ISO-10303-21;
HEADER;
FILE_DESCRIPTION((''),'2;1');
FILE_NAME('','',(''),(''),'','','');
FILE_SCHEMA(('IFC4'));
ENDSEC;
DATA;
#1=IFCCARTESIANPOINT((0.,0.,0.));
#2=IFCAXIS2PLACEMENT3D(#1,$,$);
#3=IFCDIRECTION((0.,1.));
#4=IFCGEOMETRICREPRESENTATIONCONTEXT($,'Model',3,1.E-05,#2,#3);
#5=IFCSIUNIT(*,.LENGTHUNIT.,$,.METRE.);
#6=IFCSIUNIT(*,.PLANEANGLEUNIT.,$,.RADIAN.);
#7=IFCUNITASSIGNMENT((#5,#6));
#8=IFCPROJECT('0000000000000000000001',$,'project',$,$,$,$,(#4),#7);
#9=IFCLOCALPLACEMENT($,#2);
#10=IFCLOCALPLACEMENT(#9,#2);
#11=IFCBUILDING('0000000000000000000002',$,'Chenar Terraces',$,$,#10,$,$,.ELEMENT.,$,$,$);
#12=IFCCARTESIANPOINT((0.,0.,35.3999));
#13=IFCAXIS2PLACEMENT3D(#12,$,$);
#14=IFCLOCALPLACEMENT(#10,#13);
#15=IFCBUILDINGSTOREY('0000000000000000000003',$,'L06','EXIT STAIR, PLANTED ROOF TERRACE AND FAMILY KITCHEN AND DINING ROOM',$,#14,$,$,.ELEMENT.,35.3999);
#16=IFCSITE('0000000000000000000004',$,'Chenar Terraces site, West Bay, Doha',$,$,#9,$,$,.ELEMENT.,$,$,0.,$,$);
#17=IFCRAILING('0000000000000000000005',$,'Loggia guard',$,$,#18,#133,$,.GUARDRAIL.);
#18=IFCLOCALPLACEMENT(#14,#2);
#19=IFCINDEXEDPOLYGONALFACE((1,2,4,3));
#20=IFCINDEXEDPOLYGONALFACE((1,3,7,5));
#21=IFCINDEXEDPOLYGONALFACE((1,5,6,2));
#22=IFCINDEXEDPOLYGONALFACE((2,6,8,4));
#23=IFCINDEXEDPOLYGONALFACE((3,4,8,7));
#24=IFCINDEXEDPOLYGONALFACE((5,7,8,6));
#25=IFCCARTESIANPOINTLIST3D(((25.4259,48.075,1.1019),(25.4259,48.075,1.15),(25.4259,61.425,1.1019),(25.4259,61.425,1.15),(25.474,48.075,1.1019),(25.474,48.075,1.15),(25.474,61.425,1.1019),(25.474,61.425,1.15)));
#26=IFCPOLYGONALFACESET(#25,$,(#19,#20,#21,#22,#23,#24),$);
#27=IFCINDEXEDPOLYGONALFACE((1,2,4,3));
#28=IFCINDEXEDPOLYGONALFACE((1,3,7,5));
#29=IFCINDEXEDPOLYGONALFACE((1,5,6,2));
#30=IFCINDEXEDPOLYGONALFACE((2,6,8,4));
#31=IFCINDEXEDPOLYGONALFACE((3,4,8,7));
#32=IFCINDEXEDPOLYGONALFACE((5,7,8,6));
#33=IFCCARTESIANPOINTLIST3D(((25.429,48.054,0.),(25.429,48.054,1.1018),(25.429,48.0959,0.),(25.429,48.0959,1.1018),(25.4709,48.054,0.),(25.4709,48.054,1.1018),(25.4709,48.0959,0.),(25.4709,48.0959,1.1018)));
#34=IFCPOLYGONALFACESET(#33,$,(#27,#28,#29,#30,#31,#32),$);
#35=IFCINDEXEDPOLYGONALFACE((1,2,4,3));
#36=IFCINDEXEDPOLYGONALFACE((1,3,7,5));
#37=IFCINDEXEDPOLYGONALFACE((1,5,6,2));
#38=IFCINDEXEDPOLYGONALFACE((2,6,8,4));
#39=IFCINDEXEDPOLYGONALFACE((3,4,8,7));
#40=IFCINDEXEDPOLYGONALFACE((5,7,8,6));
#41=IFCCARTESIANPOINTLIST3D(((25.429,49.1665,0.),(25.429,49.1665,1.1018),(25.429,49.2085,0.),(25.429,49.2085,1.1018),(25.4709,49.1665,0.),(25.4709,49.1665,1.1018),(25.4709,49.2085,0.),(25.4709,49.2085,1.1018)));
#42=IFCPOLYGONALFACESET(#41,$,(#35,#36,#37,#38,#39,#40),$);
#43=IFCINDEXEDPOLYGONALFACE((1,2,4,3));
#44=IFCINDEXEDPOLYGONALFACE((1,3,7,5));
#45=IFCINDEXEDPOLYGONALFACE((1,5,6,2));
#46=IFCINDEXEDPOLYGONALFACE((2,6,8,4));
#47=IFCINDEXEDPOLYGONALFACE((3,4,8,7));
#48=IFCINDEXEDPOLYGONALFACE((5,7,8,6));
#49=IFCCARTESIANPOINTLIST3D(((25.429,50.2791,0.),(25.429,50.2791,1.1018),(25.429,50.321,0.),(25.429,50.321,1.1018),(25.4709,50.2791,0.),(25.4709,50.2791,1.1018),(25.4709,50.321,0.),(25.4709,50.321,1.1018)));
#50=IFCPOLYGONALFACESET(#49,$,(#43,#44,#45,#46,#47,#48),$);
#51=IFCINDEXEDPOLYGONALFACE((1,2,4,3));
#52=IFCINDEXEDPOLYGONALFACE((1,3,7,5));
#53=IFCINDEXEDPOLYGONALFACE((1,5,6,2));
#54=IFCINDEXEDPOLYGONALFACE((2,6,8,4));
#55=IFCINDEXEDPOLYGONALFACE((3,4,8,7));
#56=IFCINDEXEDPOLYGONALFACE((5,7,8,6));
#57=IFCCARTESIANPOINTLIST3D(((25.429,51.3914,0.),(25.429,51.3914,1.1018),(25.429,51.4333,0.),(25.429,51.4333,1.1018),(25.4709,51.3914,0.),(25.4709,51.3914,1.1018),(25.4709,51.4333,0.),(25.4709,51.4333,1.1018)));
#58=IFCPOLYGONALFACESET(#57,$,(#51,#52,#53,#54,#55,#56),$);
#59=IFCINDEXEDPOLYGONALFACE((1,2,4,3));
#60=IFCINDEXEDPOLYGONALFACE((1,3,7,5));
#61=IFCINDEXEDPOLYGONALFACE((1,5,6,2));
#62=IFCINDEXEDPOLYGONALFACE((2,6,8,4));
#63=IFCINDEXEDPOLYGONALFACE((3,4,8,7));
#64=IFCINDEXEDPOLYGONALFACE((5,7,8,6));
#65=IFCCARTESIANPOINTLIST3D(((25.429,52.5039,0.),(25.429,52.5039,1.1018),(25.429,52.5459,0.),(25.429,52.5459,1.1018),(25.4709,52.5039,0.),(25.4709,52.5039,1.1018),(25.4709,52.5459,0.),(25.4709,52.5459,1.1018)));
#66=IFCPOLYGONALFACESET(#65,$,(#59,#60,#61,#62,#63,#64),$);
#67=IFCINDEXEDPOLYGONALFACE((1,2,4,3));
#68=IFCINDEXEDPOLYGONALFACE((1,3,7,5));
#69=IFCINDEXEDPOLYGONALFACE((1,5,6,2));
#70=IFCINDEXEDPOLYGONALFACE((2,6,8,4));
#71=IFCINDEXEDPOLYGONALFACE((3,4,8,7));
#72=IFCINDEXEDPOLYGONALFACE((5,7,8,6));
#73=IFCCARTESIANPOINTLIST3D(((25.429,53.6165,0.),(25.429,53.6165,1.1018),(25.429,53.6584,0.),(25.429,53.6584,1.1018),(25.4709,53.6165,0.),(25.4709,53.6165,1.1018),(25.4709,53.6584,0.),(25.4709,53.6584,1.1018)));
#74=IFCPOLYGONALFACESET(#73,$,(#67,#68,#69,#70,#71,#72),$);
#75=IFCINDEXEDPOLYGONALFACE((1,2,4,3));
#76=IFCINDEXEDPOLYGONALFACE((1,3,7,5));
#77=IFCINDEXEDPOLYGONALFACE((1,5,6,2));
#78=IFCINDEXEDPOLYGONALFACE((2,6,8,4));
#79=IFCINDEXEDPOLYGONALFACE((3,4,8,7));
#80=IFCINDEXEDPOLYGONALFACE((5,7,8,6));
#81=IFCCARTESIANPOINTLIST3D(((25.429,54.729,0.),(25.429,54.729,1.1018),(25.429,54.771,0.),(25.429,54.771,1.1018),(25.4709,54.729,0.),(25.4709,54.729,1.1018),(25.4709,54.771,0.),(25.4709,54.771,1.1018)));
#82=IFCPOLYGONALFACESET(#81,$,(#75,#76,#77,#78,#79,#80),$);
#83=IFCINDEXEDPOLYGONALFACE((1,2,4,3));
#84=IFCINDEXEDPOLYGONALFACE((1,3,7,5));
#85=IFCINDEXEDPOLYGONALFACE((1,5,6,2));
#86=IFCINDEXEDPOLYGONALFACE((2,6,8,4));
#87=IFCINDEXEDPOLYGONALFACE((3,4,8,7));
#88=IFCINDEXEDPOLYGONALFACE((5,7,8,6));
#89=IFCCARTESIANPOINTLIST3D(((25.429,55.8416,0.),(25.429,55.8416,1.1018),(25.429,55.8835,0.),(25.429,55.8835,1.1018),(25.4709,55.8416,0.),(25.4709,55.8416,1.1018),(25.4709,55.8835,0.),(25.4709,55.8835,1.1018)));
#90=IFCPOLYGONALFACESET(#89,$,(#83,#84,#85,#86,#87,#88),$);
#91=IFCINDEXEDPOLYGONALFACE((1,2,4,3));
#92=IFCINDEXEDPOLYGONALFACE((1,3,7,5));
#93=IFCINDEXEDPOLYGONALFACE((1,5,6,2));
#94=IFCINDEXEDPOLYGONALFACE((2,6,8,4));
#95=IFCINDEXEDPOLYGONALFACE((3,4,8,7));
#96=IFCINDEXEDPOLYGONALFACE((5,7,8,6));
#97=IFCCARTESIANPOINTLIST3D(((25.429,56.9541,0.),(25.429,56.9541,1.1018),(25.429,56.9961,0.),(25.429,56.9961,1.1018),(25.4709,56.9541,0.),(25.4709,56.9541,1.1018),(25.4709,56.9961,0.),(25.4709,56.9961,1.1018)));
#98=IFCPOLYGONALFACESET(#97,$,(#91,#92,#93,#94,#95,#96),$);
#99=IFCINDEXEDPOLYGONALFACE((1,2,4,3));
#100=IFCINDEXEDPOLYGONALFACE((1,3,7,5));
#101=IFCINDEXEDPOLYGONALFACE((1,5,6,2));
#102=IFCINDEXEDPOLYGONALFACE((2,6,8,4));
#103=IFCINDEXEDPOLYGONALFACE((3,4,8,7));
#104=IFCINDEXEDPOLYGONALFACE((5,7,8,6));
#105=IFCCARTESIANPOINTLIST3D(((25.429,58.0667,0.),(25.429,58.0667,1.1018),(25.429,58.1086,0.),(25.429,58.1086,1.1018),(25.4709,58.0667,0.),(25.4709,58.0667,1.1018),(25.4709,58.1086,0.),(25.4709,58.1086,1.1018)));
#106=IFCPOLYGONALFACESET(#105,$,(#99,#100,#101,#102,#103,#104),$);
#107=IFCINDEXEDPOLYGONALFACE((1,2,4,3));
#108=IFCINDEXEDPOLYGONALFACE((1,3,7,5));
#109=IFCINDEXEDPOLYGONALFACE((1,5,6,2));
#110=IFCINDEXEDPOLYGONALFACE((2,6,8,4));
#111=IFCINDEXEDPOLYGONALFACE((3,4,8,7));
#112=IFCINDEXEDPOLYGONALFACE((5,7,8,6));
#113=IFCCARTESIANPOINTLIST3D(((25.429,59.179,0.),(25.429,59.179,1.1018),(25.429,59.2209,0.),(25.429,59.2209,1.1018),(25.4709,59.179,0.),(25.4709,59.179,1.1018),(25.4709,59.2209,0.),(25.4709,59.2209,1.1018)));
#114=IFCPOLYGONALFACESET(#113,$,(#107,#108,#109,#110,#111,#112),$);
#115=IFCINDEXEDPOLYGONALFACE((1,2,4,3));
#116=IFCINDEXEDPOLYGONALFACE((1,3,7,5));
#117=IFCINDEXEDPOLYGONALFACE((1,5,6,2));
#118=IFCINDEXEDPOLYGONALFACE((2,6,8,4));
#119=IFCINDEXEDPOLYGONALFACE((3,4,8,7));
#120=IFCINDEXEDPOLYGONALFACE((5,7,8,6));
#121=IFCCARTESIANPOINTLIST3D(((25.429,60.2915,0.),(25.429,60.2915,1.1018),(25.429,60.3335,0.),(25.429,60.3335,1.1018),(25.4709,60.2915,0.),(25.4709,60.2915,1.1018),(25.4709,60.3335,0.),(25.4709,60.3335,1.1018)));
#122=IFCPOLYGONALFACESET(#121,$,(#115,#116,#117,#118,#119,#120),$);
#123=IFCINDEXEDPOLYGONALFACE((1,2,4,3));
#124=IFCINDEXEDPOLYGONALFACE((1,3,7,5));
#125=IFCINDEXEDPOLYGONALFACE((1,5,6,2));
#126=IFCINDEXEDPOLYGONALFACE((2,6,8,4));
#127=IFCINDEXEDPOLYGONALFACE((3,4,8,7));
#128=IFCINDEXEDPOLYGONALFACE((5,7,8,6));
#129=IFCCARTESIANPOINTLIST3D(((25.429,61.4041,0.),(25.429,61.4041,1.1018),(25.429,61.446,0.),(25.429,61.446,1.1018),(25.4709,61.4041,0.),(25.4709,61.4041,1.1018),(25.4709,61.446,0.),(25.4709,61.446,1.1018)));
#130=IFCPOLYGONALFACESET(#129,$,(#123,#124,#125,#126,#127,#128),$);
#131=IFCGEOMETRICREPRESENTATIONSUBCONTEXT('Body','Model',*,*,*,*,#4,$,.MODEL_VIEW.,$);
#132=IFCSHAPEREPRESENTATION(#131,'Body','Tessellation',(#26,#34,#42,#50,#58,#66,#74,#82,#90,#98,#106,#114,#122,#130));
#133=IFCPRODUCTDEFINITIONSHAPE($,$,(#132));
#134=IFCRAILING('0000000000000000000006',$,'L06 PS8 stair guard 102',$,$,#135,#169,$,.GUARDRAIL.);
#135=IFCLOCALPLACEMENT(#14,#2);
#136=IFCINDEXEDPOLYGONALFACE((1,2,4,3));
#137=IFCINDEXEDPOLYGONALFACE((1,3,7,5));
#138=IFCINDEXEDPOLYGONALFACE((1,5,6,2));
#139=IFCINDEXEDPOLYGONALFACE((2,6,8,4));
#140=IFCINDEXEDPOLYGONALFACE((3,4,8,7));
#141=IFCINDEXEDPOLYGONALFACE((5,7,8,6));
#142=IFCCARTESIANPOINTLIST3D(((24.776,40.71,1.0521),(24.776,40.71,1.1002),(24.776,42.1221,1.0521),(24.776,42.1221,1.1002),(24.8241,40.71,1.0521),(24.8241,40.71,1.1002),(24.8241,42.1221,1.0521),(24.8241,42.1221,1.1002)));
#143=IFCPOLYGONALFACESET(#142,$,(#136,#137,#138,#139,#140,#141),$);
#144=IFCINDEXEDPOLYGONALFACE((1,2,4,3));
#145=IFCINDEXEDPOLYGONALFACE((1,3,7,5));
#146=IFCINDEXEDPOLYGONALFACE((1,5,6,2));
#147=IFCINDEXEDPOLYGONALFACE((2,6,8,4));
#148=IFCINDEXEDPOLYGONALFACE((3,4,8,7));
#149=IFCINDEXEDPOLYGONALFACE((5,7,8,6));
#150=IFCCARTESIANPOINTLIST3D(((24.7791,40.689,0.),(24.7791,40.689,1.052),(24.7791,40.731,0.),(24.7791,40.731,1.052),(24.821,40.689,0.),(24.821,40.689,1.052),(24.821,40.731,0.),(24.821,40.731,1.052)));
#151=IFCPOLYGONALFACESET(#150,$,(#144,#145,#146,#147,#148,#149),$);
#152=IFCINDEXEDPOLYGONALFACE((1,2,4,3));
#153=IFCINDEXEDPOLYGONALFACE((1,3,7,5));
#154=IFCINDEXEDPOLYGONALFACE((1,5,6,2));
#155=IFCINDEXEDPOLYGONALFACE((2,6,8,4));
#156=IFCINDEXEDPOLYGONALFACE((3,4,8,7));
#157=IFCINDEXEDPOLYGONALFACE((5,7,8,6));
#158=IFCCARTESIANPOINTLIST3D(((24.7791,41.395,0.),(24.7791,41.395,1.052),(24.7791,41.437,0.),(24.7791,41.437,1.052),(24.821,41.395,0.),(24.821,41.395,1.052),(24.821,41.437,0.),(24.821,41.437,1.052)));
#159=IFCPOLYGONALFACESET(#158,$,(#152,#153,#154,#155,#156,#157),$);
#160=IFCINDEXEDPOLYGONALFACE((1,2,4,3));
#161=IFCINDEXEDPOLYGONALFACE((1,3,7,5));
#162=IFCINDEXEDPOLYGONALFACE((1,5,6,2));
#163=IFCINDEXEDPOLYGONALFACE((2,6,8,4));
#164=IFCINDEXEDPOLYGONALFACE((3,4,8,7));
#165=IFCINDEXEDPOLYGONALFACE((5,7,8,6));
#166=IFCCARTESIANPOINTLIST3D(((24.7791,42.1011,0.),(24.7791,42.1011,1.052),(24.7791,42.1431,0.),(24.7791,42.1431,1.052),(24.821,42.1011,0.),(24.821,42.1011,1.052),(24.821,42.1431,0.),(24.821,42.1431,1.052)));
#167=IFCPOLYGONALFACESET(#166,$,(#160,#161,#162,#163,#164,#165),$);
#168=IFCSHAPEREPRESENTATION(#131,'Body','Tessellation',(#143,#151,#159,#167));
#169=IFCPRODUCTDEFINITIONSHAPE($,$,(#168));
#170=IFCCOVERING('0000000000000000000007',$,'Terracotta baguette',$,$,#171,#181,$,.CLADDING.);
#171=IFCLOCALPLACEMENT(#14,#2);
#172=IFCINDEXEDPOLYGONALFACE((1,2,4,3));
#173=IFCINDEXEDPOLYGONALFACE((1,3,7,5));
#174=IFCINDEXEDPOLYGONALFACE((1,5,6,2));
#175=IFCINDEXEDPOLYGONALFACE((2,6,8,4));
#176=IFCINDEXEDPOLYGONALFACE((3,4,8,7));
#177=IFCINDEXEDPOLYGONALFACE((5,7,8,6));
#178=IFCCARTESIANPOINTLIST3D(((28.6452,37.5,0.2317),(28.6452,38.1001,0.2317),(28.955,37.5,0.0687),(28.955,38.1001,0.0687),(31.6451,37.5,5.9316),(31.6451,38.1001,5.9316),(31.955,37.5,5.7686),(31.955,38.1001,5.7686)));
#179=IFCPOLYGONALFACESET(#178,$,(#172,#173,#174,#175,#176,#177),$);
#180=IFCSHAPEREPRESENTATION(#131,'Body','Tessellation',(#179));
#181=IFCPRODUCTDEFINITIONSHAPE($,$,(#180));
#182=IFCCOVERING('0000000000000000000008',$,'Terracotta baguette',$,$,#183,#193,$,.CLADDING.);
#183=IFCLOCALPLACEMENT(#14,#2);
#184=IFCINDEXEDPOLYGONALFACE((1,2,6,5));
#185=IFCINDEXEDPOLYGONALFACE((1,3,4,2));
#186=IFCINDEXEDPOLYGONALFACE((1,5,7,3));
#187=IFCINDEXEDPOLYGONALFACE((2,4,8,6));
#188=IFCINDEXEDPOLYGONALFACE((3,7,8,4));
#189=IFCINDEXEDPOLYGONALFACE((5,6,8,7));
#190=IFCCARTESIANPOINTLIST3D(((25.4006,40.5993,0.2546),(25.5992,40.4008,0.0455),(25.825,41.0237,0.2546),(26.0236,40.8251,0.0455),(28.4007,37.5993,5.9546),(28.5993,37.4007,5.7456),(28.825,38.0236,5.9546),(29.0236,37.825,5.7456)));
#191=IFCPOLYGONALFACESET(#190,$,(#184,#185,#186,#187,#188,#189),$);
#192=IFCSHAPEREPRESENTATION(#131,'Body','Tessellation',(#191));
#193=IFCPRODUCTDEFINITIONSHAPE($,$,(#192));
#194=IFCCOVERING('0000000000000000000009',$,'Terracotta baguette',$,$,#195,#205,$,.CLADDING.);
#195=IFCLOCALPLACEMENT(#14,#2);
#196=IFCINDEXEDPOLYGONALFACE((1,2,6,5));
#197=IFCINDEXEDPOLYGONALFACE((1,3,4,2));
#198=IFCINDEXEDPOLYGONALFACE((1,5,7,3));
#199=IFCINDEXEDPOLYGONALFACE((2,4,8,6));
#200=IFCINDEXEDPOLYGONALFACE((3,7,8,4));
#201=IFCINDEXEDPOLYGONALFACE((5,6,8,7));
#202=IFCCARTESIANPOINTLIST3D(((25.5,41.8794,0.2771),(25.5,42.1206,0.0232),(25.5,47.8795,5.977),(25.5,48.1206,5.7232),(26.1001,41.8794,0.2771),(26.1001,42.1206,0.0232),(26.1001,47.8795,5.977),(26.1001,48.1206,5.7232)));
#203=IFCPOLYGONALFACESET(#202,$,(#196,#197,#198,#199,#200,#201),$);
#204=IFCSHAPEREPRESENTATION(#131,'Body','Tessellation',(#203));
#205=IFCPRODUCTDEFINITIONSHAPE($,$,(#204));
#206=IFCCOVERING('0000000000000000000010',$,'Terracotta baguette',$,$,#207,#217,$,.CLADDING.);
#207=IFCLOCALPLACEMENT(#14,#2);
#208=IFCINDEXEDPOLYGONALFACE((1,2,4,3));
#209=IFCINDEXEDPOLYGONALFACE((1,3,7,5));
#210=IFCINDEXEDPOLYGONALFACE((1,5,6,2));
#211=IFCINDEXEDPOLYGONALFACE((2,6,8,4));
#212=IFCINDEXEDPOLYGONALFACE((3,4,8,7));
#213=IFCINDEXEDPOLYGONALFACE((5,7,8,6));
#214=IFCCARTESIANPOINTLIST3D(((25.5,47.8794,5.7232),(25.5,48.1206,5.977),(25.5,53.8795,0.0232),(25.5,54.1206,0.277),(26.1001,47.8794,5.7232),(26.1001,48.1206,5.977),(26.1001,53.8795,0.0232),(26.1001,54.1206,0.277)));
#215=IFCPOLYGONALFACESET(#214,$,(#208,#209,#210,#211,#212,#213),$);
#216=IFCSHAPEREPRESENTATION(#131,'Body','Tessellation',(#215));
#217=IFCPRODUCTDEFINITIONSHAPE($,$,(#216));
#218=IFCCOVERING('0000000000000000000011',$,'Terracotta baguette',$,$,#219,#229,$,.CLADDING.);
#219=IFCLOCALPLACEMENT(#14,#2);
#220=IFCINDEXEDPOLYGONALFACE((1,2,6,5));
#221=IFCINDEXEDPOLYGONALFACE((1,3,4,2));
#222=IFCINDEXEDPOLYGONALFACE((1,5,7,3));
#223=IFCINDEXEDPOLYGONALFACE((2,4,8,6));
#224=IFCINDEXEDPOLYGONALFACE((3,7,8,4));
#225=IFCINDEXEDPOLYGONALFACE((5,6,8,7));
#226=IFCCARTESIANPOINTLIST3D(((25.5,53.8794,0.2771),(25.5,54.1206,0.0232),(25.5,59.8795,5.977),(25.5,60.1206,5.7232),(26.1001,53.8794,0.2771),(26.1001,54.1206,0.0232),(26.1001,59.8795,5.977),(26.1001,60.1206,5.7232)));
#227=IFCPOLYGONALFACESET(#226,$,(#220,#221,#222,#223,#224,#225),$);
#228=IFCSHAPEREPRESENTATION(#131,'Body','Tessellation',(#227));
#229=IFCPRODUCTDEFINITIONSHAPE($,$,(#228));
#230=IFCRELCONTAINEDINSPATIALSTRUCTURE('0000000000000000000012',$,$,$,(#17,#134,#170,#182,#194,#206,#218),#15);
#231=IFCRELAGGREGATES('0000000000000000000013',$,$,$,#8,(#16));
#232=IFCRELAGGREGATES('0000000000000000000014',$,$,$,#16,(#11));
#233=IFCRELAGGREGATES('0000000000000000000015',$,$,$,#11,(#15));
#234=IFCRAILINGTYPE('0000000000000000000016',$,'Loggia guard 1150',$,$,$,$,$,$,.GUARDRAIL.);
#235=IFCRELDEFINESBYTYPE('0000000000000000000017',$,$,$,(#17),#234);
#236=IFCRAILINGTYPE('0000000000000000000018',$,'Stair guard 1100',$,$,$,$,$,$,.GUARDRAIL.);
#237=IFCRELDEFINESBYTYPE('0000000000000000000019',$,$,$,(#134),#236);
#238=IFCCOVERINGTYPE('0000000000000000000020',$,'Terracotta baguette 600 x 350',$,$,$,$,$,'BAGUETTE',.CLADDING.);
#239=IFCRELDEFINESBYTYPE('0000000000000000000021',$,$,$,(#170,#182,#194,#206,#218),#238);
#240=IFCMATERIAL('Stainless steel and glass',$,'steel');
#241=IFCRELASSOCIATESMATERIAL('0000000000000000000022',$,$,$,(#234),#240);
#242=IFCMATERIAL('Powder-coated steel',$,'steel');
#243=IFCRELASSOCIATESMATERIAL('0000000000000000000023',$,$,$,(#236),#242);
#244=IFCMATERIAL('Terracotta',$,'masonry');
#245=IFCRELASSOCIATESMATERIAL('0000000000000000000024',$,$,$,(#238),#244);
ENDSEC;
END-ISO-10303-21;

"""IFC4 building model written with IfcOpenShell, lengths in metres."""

from ifc_helpers import new_model, si_unit, direction, frame, origin, origin_2d, place, context, subcontext, project, spatial, rectangle, extrude, material, material_profile, profile_set, type_object, element, save


model = new_model("IFC4")

# Units and contexts
model_context = context("Model", 3, precision=1e-05, world=origin(), true_north=direction((0.0, 1.0)))
body_context = subcontext(model_context, "Body", "Model", "MODEL_VIEW")
ifc_project = project(units=[si_unit("LENGTHUNIT", "METRE"), si_unit("PLANEANGLEUNIT", "RADIAN")], contexts=[model_context])

# Site, building, storey
site_placement = place(None, origin())
site = spatial("IfcSite", under=ifc_project, at=site_placement, Name="Chenar Terraces site, West Bay, Doha", CompositionType="ELEMENT", RefElevation=0.0)
building_placement = place(site_placement, origin())
building = spatial("IfcBuilding", under=site, at=building_placement, Name="Chenar Terraces", CompositionType="ELEMENT")
storey_placement = place(building_placement, frame((0.0, 0.0, 35.3999)))
storey = spatial("IfcBuildingStorey", under=building, at=storey_placement, Name="L06", Description="EXIT STAIR, PLANTED ROOF TERRACE AND FAMILY KITCHEN AND DINING ROOM", CompositionType="ELEMENT", Elevation=35.3999)

# Railings
ifc_material_1 = material(Name="Stainless steel and glass", Category="steel")
railing_type_1 = type_object("IfcRailingType", Name="Loggia guard 1150", PredefinedType="GUARDRAIL", material=ifc_material_1)
railing_1_placement = place(storey_placement, frame((25.45, 48.075, 0.0)))
element("IfcRailing", 1, at=railing_1_placement, inside=storey, type_object=railing_type_1, Name="Loggia guard", PredefinedType="GUARDRAIL", context=body_context, shape_type="SweptSolid", body=[
    extrude(rectangle(XDim=0.0481, YDim=0.0481, at=origin_2d()), frame((0.0, 0.0, 1.126), z_axis=(0.0, 1.0, 0.0), x_axis=(-1.0, 0.0, 0.0)), (0.0, 0.0, 1.0), 13.3501),
    extrude(rectangle(XDim=0.042, YDim=0.042, at=origin_2d()), origin(), (0.0, 0.0, 1.0), 1.1018),
    extrude(rectangle(XDim=0.042, YDim=0.042, at=origin_2d()), frame((0.0, 1.1125, 0.0)), (0.0, 0.0, 1.0), 1.1018),
    extrude(rectangle(XDim=0.042, YDim=0.042, at=origin_2d()), frame((0.0, 2.2251, 0.0)), (0.0, 0.0, 1.0), 1.1018),
    extrude(rectangle(XDim=0.042, YDim=0.042, at=origin_2d()), frame((0.0, 3.3374, 0.0)), (0.0, 0.0, 1.0), 1.1018),
    extrude(rectangle(XDim=0.042, YDim=0.042, at=origin_2d()), frame((0.0, 4.45, 0.0)), (0.0, 0.0, 1.0), 1.1018),
    extrude(rectangle(XDim=0.042, YDim=0.042, at=origin_2d()), frame((0.0, 5.5625, 0.0)), (0.0, 0.0, 1.0), 1.1018),
    extrude(rectangle(XDim=0.042, YDim=0.042, at=origin_2d()), frame((0.0, 6.675, 0.0)), (0.0, 0.0, 1.0), 1.1018),
    extrude(rectangle(XDim=0.042, YDim=0.042, at=origin_2d()), frame((0.0, 7.7876, 0.0)), (0.0, 0.0, 1.0), 1.1018),
    extrude(rectangle(XDim=0.042, YDim=0.042, at=origin_2d()), frame((0.0, 8.9001, 0.0)), (0.0, 0.0, 1.0), 1.1018),
    extrude(rectangle(XDim=0.042, YDim=0.042, at=origin_2d()), frame((0.0, 10.0127, 0.0)), (0.0, 0.0, 1.0), 1.1018),
    extrude(rectangle(XDim=0.042, YDim=0.042, at=origin_2d()), frame((0.0, 11.125, 0.0)), (0.0, 0.0, 1.0), 1.1018),
    extrude(rectangle(XDim=0.042, YDim=0.042, at=origin_2d()), frame((0.0, 12.2375, 0.0)), (0.0, 0.0, 1.0), 1.1018),
    extrude(rectangle(XDim=0.042, YDim=0.042, at=origin_2d()), frame((0.0, 13.3501, 0.0)), (0.0, 0.0, 1.0), 1.1018),
])
ifc_material_2 = material(Name="Powder-coated steel", Category="steel")
railing_type_2 = type_object("IfcRailingType", Name="Stair guard 1100", PredefinedType="GUARDRAIL", material=ifc_material_2)
railing_2_placement = place(storey_placement, frame((24.8, 40.71, 0.0)))
element("IfcRailing", 2, at=railing_2_placement, inside=storey, type_object=railing_type_2, Name="L06 PS8 stair guard 102", PredefinedType="GUARDRAIL", context=body_context, shape_type="SweptSolid", body=[
    extrude(rectangle(XDim=0.0481, YDim=0.0481, at=origin_2d()), frame((0.0, 0.0, 1.0762), z_axis=(0.0, 1.0, 0.0), x_axis=(-1.0, 0.0, 0.0)), (0.0, 0.0, 1.0), 1.4121),
    extrude(rectangle(XDim=0.042, YDim=0.042, at=origin_2d()), origin(), (0.0, 0.0, 1.0), 1.052),
    extrude(rectangle(XDim=0.042, YDim=0.042, at=origin_2d()), frame((0.0, 0.7061, 0.0)), (0.0, 0.0, 1.0), 1.052),
    extrude(rectangle(XDim=0.042, YDim=0.042, at=origin_2d()), frame((0.0, 1.4121, 0.0)), (0.0, 0.0, 1.0), 1.052),
])

# Coverings
ifc_material_3 = material(Name="Terracotta", Category="masonry")
ifc_material_profile_1 = material_profile(ifc_material_3, rectangle(XDim=0.6001, YDim=0.3501, at=origin_2d()), Name="Terracotta baguette 600 x 350")
ifc_profile_set_1 = profile_set([ifc_material_profile_1], Name="Terracotta")
covering_type = type_object("IfcCoveringType", Name="Terracotta baguette 600 x 350", ElementType="BAGUETTE", PredefinedType="CLADDING", material=ifc_profile_set_1)
covering_1_placement = place(storey_placement, frame((31.8, 37.8, 5.8501), z_axis=(-0.46575, 0.0, -0.884917), x_axis=(0.0, -1.0, 0.0)))
element("IfcCovering", 3, at=covering_1_placement, inside=storey, type_object=covering_type, Name="Terracotta baguette", PredefinedType="CLADDING", context=body_context, shape_type="SweptSolid", body=[
    extrude(rectangle(XDim=0.6001, YDim=0.3501, at=origin_2d()), origin(), (0.0, 0.0, 1.0), 6.4412),
])
covering_2_placement = place(storey_placement, frame((28.7122, 37.7122, 5.8501), z_axis=(-0.422203, 0.422203, -0.802178), x_axis=(-0.707107, -0.707107, 0.0)))
element("IfcCovering", 4, at=covering_2_placement, inside=storey, type_object=covering_type, Name="Terracotta baguette", PredefinedType="CLADDING", context=body_context, shape_type="SweptSolid", body=[
    extrude(rectangle(XDim=0.6001, YDim=0.3501, at=origin_2d()), origin(), (0.0, 0.0, 1.0), 7.1057),
])
for number, where, z_axis, x_axis, name in (
    (5, (25.8, 42.0, 0.1501), (0.0, 0.725002, 0.688746), (-1.0, 0.0, 0.0), "Terracotta baguette"),
    (6, (25.8, 48.0, 5.8501), (0.0, 0.725002, -0.688746), (-1.0, 0.0, 0.0), "Terracotta baguette"),
    (7, (25.8, 54.0, 0.1501), (0.0, 0.725002, 0.688746), (-1.0, 0.0, 0.0), "Terracotta baguette"),
):
    element("IfcCovering", number, at=place(storey_placement, frame(where, z_axis=z_axis, x_axis=x_axis)), inside=storey, type_object=covering_type, Name=name, PredefinedType="CLADDING", context=body_context, shape_type="SweptSolid", body=[
        extrude(rectangle(XDim=0.6001, YDim=0.3501, at=origin_2d()), origin(), (0.0, 0.0, 1.0), 8.2759),
    ])

save(model, "model.ifc")
